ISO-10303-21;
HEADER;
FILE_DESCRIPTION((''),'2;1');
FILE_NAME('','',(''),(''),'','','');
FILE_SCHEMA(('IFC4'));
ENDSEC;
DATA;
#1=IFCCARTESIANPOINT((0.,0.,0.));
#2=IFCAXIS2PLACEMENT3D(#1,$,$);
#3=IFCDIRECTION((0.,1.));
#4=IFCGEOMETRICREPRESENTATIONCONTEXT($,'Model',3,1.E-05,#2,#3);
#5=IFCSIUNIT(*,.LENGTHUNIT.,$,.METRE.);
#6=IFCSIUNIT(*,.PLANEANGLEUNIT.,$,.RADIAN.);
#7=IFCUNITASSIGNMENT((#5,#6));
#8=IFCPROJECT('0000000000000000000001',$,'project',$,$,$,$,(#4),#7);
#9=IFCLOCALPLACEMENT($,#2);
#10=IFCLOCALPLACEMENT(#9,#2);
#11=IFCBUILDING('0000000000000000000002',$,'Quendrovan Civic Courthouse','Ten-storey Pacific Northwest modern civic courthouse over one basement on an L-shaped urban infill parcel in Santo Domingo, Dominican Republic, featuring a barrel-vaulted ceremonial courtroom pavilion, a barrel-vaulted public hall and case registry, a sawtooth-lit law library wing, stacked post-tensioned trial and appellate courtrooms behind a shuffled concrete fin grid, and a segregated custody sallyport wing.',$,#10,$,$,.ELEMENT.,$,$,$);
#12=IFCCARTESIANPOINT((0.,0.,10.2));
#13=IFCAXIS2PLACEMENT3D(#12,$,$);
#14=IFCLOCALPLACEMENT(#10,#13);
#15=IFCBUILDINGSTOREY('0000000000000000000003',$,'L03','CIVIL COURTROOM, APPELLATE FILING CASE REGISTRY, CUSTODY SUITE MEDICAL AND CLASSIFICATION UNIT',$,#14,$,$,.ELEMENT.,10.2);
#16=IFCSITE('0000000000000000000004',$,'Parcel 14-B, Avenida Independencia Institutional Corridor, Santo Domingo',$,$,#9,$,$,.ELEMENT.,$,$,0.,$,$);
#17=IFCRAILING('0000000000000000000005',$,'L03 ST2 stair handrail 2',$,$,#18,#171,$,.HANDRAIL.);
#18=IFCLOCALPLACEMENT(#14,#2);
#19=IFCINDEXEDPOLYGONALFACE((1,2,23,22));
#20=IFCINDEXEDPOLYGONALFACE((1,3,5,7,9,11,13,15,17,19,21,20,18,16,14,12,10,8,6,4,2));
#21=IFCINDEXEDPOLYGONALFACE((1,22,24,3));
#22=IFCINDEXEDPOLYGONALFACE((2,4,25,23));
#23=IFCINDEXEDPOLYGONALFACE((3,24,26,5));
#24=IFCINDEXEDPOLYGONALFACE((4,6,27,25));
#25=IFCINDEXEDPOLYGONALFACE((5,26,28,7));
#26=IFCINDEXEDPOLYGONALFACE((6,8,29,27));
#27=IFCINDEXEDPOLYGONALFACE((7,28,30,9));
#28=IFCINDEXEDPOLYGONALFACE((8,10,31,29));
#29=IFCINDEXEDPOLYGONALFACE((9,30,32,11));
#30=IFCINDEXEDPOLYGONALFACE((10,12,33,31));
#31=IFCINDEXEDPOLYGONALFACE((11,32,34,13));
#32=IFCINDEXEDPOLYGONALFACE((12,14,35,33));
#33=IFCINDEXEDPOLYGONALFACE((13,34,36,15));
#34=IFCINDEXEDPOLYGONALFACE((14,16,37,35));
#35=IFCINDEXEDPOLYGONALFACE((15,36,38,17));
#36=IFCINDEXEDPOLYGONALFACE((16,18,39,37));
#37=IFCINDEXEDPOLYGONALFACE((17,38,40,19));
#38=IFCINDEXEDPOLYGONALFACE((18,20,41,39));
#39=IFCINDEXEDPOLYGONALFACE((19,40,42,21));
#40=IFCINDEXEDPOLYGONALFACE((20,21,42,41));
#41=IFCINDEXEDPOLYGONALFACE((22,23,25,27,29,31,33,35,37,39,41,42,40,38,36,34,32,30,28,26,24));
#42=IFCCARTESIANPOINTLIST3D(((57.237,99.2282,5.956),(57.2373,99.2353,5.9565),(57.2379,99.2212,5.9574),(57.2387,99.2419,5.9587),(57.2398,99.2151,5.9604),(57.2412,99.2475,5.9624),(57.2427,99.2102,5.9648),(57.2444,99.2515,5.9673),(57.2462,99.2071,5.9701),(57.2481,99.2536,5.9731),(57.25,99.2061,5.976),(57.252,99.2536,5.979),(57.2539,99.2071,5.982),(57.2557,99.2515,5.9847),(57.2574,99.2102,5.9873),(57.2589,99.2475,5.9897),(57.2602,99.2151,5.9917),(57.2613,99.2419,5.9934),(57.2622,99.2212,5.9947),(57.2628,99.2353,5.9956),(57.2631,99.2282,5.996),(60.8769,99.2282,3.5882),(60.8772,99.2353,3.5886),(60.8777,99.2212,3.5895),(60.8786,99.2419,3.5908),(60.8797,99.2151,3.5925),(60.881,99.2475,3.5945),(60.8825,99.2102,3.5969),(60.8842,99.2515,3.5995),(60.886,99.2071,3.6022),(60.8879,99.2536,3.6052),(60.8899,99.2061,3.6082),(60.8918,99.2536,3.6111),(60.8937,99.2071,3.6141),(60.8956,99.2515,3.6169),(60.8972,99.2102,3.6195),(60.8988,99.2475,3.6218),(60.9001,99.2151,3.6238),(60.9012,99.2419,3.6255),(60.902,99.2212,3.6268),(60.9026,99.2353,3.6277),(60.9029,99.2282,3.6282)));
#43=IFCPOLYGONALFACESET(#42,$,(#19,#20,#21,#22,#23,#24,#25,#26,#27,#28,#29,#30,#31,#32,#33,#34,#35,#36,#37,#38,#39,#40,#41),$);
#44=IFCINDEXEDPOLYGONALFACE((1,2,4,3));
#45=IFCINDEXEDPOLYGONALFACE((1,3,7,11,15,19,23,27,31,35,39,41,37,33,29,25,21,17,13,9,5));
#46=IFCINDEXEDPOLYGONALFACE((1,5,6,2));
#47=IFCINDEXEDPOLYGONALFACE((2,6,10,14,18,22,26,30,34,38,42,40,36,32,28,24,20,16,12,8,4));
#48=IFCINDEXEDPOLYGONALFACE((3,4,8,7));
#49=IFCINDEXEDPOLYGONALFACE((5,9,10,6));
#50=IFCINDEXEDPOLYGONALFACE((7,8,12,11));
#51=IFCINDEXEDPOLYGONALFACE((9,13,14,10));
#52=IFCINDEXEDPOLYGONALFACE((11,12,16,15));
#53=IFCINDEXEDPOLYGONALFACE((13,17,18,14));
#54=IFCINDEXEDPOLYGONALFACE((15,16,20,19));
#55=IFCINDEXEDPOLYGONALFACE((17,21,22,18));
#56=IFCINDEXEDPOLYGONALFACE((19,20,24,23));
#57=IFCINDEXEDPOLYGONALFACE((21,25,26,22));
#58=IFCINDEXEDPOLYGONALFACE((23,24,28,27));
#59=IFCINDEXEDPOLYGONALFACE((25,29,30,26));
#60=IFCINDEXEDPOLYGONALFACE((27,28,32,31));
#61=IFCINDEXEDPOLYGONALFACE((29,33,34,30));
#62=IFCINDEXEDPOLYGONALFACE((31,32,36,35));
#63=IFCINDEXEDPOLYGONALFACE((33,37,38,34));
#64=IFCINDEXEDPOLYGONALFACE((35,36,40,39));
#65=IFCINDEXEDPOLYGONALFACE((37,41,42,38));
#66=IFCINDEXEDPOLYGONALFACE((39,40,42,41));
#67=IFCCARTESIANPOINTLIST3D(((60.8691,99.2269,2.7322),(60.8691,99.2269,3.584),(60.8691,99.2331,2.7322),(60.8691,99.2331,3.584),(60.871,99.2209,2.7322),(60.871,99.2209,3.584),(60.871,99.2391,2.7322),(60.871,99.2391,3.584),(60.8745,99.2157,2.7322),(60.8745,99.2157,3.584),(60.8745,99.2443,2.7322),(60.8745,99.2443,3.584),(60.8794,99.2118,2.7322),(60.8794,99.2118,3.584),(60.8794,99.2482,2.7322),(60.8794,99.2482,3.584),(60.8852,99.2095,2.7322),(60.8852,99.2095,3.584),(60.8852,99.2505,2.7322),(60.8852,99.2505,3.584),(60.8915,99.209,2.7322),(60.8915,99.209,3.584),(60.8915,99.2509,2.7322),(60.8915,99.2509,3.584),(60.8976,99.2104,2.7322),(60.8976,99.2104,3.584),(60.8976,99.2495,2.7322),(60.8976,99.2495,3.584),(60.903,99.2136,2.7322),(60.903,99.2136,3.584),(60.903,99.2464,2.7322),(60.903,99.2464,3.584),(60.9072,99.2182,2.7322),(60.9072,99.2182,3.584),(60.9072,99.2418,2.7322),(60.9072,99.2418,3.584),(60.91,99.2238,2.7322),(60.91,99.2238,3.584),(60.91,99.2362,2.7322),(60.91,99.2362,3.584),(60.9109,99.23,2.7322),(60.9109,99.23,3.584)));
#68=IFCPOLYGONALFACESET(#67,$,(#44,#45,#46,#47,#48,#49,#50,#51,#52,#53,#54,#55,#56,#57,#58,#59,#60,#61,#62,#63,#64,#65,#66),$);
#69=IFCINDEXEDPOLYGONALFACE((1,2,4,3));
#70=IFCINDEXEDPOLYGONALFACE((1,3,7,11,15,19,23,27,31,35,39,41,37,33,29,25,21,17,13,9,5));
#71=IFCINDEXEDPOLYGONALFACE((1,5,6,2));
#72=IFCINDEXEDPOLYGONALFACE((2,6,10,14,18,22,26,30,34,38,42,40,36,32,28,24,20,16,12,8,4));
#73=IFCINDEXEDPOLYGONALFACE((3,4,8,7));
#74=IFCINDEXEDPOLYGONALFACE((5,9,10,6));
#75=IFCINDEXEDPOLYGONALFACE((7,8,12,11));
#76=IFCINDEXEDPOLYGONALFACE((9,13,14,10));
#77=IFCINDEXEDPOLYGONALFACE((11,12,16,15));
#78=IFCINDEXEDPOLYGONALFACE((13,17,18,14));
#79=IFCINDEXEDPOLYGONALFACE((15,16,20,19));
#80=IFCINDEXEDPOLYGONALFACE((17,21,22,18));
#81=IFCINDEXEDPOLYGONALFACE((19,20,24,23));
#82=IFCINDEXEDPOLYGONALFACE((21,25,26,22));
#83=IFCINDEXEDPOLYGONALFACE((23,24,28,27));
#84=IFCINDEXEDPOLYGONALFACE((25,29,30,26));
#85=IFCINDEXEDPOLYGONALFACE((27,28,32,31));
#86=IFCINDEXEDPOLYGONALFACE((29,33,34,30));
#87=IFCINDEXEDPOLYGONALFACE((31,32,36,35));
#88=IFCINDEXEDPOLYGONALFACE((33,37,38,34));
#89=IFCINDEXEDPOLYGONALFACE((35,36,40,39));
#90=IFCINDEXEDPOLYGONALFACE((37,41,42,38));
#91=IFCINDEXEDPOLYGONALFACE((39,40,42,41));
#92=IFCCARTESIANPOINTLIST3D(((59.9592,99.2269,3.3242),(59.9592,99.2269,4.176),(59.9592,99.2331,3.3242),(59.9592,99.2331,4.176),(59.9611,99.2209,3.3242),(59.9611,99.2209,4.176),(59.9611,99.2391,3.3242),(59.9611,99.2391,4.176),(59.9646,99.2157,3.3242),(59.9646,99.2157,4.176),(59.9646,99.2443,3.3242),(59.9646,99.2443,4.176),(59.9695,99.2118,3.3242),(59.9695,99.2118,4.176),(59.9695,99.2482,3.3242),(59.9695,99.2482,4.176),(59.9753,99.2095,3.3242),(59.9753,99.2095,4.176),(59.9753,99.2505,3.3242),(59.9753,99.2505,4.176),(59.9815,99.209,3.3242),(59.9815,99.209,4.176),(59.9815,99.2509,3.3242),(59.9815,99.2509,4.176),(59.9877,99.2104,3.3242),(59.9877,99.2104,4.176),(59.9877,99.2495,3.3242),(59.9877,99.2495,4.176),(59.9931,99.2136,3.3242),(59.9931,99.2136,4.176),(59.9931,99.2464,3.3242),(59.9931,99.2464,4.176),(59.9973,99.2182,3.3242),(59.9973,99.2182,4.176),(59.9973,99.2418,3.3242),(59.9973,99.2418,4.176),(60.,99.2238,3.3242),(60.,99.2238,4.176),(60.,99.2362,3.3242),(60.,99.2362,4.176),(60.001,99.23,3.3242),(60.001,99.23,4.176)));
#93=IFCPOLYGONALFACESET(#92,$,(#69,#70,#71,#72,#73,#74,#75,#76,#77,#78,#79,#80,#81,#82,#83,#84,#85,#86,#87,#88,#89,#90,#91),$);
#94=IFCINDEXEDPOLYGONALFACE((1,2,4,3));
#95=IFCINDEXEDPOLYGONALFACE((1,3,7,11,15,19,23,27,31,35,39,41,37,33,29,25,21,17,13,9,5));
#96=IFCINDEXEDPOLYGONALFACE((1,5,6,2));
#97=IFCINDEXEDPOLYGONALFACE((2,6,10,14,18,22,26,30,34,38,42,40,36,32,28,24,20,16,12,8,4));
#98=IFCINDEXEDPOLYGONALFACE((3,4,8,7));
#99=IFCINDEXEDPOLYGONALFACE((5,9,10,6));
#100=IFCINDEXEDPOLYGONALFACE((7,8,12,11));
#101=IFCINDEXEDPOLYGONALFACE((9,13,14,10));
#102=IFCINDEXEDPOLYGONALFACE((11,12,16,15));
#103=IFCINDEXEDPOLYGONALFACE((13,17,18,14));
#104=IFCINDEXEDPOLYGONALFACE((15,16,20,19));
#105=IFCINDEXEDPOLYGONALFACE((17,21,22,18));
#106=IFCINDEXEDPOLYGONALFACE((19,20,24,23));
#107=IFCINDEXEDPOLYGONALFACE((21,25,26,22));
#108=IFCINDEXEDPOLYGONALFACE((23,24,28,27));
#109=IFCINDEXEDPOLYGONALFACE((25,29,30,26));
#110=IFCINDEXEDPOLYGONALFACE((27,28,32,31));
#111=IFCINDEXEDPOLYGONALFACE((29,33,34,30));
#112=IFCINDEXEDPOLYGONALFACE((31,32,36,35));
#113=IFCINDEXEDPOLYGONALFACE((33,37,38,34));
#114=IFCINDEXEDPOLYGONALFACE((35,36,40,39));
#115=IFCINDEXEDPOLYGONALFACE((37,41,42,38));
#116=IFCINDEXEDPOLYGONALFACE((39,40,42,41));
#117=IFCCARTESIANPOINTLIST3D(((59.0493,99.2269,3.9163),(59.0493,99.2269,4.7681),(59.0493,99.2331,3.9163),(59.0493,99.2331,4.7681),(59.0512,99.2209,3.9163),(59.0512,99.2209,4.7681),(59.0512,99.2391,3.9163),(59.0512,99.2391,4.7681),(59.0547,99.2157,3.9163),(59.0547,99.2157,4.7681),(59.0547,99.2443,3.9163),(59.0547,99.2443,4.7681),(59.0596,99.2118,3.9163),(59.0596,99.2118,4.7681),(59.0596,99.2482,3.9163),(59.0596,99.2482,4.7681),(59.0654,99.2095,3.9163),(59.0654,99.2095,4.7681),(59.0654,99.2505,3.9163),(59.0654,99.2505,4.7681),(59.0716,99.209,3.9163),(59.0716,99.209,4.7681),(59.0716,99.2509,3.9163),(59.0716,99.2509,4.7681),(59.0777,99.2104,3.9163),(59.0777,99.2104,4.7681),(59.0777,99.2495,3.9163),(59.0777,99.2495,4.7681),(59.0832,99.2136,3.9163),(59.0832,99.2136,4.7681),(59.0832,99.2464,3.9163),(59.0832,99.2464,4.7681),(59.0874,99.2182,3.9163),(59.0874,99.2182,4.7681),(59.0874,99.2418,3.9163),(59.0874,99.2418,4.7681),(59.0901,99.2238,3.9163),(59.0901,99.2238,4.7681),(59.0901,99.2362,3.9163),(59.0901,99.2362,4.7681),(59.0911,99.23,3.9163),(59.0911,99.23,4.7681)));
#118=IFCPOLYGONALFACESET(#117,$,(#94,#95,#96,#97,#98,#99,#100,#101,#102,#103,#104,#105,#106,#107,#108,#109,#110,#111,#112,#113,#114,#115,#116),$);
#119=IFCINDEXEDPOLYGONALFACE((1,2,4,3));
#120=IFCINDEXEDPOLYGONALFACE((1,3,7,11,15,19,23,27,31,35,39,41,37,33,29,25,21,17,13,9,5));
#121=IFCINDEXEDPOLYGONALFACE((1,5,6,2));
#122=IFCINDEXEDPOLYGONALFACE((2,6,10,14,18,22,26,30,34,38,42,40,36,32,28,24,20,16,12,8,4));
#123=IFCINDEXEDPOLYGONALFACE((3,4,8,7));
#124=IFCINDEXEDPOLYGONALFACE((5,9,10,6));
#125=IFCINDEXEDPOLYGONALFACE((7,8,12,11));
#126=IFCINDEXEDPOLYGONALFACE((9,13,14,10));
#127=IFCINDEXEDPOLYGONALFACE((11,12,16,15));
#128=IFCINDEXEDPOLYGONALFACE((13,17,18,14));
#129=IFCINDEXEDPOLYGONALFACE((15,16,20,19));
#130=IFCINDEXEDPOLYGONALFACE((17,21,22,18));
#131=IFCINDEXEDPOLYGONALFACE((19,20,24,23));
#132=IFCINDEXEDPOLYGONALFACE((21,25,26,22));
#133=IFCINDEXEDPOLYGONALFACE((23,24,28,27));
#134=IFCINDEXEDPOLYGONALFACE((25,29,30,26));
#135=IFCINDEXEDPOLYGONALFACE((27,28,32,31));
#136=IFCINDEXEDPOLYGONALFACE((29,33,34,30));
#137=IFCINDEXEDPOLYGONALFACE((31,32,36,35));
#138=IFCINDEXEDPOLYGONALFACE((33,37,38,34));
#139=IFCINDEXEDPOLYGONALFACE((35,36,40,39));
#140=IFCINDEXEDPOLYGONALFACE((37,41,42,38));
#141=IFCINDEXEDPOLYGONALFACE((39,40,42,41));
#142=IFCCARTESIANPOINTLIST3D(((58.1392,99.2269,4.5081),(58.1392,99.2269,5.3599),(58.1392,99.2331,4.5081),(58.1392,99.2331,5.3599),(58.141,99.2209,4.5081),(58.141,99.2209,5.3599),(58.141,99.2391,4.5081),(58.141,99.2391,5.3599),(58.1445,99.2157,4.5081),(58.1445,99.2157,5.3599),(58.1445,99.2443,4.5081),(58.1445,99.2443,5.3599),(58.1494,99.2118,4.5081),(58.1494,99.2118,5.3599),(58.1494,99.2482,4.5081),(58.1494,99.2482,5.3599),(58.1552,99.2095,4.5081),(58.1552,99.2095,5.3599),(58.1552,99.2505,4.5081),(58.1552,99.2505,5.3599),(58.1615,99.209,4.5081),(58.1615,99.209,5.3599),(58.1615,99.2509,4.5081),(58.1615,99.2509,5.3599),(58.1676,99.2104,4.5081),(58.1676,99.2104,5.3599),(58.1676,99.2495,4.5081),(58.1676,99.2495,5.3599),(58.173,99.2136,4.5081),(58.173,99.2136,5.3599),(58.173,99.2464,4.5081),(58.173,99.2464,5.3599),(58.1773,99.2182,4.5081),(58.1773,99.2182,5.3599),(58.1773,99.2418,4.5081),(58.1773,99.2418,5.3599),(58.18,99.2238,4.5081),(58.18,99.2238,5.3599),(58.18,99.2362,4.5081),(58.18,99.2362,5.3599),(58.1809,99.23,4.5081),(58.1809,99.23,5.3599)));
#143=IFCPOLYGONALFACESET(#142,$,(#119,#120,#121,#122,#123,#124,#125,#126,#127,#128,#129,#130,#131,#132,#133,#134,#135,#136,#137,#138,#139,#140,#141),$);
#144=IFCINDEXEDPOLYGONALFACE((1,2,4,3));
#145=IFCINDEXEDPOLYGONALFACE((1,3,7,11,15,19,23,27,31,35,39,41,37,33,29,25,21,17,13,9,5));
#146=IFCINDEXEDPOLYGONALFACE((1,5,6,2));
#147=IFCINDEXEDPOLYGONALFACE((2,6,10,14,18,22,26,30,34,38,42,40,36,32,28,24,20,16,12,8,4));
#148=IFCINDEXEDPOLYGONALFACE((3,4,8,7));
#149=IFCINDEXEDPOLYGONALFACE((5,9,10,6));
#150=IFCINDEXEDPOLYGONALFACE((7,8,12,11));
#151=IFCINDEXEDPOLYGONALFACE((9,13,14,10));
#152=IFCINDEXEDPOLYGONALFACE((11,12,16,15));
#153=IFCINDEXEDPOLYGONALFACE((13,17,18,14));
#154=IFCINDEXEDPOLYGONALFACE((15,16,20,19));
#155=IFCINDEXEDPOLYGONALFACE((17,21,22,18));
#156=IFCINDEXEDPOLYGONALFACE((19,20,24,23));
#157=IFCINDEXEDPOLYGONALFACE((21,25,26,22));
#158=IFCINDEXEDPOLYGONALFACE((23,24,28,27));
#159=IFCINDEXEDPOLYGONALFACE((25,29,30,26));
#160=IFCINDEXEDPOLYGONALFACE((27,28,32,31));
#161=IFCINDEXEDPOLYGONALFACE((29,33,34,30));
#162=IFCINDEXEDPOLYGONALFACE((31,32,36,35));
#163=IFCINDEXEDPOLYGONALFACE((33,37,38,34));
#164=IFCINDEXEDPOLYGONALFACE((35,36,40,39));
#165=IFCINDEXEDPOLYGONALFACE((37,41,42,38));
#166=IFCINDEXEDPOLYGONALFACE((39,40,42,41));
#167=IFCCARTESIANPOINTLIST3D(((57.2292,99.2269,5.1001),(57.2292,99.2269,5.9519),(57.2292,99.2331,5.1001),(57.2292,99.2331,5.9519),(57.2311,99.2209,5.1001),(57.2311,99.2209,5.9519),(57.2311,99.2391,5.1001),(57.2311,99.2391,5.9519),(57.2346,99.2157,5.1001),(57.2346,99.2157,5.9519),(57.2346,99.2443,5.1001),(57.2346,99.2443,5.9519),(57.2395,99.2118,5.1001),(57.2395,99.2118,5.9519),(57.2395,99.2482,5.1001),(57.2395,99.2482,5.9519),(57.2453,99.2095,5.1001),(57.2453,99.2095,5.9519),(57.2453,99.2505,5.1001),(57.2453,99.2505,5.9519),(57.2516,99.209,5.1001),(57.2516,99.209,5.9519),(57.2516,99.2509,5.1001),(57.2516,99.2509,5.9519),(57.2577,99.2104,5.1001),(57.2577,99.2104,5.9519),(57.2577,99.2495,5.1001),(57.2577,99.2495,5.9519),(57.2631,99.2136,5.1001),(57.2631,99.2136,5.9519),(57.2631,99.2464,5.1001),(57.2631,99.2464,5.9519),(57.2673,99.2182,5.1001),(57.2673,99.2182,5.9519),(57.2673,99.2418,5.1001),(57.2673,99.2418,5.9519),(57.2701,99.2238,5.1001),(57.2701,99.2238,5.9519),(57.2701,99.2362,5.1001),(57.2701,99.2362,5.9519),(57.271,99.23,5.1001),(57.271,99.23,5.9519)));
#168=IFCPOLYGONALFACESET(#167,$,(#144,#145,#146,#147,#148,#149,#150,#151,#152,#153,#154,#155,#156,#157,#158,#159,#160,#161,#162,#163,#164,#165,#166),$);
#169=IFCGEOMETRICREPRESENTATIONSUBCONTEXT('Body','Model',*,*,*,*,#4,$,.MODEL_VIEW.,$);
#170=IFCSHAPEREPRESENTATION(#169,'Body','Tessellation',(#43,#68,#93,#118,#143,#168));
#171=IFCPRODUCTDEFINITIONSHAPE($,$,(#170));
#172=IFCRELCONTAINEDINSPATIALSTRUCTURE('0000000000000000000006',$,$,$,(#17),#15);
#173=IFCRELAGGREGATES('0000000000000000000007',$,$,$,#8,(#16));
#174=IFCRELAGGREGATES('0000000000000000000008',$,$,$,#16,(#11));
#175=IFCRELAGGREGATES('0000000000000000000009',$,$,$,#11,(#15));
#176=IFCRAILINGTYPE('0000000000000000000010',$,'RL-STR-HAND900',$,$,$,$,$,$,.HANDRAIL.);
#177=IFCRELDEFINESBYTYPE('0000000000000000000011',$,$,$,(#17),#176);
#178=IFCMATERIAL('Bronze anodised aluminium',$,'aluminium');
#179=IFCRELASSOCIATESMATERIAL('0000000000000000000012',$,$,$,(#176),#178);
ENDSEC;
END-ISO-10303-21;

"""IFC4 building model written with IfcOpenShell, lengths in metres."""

from ifc_helpers import new_model, si_unit, direction, frame, origin, origin_2d, place, context, subcontext, project, spatial, circle, extrude, material, type_object, element, save


model = new_model("IFC4")

# Units and contexts
model_context = context("Model", 3, precision=1e-05, world=origin(), true_north=direction((0.0, 1.0)))
body_context = subcontext(model_context, "Body", "Model", "MODEL_VIEW")
ifc_project = project(units=[si_unit("LENGTHUNIT", "METRE"), si_unit("PLANEANGLEUNIT", "RADIAN")], contexts=[model_context])

# Site, building, storey
site_placement = place(None, origin())
site = spatial("IfcSite", under=ifc_project, at=site_placement, Name="Parcel 14-B, Avenida Independencia Institutional Corridor, Santo Domingo", CompositionType="ELEMENT", RefElevation=0.0)
building_placement = place(site_placement, origin())
building = spatial("IfcBuilding", under=site, at=building_placement, Name="Quendrovan Civic Courthouse", Description="Ten-storey Pacific Northwest modern civic courthouse over one basement on an L-shaped urban infill parcel in Santo Domingo, Dominican Republic, featuring a barrel-vaulted ceremonial courtroom pavilion, a barrel-vaulted public hall and case registry, a sawtooth-lit law library wing, stacked post-tensioned trial and appellate courtrooms behind a shuffled concrete fin grid, and a segregated custody sallyport wing.", CompositionType="ELEMENT")
storey_placement = place(building_placement, frame((0.0, 0.0, 10.2)))
storey = spatial("IfcBuildingStorey", under=building, at=storey_placement, Name="L03", Description="CIVIL COURTROOM, APPELLATE FILING CASE REGISTRY, CUSTODY SUITE MEDICAL AND CLASSIFICATION UNIT", CompositionType="ELEMENT", Elevation=10.2)

# Railing
ifc_material_1 = material(Name="Bronze anodised aluminium", Category="aluminium")
railing_type_1 = type_object("IfcRailingType", Name="RL-STR-HAND900", PredefinedType="HANDRAIL", material=ifc_material_1)
railing_1_placement = place(storey_placement, frame((60.8899, 99.23, 2.7322)))
element("IfcRailing", 1, at=railing_1_placement, inside=storey, type_object=railing_type_1, Name="L03 ST2 stair handrail 2", PredefinedType="HANDRAIL", context=body_context, shape_type="SweptSolid", body=[
    extrude(circle(Radius=0.0239, at=origin_2d()), frame((0.0, 0.0, 0.876), z_axis=(-0.838234, 0.0, 0.54531), x_axis=(0.0, -1.0, 0.0)), (0.0, 0.0, 1.0), 4.3423),
    extrude(circle(Radius=0.021, at=origin_2d()), origin(), (0.0, 0.0, 1.0), 0.8518),
    extrude(circle(Radius=0.021, at=origin_2d()), frame((-0.9099, 0.0, 0.592)), (0.0, 0.0, 1.0), 0.8518),
    extrude(circle(Radius=0.021, at=origin_2d()), frame((-1.8198, 0.0, 1.1841)), (0.0, 0.0, 1.0), 0.8518),
    extrude(circle(Radius=0.021, at=origin_2d()), frame((-2.73, 0.0, 1.7759)), (0.0, 0.0, 1.0), 0.8518),
    extrude(circle(Radius=0.021, at=origin_2d()), frame((-3.6399, 0.0, 2.3679)), (0.0, 0.0, 1.0), 0.8518),
])

save(model, "model.ifc")
